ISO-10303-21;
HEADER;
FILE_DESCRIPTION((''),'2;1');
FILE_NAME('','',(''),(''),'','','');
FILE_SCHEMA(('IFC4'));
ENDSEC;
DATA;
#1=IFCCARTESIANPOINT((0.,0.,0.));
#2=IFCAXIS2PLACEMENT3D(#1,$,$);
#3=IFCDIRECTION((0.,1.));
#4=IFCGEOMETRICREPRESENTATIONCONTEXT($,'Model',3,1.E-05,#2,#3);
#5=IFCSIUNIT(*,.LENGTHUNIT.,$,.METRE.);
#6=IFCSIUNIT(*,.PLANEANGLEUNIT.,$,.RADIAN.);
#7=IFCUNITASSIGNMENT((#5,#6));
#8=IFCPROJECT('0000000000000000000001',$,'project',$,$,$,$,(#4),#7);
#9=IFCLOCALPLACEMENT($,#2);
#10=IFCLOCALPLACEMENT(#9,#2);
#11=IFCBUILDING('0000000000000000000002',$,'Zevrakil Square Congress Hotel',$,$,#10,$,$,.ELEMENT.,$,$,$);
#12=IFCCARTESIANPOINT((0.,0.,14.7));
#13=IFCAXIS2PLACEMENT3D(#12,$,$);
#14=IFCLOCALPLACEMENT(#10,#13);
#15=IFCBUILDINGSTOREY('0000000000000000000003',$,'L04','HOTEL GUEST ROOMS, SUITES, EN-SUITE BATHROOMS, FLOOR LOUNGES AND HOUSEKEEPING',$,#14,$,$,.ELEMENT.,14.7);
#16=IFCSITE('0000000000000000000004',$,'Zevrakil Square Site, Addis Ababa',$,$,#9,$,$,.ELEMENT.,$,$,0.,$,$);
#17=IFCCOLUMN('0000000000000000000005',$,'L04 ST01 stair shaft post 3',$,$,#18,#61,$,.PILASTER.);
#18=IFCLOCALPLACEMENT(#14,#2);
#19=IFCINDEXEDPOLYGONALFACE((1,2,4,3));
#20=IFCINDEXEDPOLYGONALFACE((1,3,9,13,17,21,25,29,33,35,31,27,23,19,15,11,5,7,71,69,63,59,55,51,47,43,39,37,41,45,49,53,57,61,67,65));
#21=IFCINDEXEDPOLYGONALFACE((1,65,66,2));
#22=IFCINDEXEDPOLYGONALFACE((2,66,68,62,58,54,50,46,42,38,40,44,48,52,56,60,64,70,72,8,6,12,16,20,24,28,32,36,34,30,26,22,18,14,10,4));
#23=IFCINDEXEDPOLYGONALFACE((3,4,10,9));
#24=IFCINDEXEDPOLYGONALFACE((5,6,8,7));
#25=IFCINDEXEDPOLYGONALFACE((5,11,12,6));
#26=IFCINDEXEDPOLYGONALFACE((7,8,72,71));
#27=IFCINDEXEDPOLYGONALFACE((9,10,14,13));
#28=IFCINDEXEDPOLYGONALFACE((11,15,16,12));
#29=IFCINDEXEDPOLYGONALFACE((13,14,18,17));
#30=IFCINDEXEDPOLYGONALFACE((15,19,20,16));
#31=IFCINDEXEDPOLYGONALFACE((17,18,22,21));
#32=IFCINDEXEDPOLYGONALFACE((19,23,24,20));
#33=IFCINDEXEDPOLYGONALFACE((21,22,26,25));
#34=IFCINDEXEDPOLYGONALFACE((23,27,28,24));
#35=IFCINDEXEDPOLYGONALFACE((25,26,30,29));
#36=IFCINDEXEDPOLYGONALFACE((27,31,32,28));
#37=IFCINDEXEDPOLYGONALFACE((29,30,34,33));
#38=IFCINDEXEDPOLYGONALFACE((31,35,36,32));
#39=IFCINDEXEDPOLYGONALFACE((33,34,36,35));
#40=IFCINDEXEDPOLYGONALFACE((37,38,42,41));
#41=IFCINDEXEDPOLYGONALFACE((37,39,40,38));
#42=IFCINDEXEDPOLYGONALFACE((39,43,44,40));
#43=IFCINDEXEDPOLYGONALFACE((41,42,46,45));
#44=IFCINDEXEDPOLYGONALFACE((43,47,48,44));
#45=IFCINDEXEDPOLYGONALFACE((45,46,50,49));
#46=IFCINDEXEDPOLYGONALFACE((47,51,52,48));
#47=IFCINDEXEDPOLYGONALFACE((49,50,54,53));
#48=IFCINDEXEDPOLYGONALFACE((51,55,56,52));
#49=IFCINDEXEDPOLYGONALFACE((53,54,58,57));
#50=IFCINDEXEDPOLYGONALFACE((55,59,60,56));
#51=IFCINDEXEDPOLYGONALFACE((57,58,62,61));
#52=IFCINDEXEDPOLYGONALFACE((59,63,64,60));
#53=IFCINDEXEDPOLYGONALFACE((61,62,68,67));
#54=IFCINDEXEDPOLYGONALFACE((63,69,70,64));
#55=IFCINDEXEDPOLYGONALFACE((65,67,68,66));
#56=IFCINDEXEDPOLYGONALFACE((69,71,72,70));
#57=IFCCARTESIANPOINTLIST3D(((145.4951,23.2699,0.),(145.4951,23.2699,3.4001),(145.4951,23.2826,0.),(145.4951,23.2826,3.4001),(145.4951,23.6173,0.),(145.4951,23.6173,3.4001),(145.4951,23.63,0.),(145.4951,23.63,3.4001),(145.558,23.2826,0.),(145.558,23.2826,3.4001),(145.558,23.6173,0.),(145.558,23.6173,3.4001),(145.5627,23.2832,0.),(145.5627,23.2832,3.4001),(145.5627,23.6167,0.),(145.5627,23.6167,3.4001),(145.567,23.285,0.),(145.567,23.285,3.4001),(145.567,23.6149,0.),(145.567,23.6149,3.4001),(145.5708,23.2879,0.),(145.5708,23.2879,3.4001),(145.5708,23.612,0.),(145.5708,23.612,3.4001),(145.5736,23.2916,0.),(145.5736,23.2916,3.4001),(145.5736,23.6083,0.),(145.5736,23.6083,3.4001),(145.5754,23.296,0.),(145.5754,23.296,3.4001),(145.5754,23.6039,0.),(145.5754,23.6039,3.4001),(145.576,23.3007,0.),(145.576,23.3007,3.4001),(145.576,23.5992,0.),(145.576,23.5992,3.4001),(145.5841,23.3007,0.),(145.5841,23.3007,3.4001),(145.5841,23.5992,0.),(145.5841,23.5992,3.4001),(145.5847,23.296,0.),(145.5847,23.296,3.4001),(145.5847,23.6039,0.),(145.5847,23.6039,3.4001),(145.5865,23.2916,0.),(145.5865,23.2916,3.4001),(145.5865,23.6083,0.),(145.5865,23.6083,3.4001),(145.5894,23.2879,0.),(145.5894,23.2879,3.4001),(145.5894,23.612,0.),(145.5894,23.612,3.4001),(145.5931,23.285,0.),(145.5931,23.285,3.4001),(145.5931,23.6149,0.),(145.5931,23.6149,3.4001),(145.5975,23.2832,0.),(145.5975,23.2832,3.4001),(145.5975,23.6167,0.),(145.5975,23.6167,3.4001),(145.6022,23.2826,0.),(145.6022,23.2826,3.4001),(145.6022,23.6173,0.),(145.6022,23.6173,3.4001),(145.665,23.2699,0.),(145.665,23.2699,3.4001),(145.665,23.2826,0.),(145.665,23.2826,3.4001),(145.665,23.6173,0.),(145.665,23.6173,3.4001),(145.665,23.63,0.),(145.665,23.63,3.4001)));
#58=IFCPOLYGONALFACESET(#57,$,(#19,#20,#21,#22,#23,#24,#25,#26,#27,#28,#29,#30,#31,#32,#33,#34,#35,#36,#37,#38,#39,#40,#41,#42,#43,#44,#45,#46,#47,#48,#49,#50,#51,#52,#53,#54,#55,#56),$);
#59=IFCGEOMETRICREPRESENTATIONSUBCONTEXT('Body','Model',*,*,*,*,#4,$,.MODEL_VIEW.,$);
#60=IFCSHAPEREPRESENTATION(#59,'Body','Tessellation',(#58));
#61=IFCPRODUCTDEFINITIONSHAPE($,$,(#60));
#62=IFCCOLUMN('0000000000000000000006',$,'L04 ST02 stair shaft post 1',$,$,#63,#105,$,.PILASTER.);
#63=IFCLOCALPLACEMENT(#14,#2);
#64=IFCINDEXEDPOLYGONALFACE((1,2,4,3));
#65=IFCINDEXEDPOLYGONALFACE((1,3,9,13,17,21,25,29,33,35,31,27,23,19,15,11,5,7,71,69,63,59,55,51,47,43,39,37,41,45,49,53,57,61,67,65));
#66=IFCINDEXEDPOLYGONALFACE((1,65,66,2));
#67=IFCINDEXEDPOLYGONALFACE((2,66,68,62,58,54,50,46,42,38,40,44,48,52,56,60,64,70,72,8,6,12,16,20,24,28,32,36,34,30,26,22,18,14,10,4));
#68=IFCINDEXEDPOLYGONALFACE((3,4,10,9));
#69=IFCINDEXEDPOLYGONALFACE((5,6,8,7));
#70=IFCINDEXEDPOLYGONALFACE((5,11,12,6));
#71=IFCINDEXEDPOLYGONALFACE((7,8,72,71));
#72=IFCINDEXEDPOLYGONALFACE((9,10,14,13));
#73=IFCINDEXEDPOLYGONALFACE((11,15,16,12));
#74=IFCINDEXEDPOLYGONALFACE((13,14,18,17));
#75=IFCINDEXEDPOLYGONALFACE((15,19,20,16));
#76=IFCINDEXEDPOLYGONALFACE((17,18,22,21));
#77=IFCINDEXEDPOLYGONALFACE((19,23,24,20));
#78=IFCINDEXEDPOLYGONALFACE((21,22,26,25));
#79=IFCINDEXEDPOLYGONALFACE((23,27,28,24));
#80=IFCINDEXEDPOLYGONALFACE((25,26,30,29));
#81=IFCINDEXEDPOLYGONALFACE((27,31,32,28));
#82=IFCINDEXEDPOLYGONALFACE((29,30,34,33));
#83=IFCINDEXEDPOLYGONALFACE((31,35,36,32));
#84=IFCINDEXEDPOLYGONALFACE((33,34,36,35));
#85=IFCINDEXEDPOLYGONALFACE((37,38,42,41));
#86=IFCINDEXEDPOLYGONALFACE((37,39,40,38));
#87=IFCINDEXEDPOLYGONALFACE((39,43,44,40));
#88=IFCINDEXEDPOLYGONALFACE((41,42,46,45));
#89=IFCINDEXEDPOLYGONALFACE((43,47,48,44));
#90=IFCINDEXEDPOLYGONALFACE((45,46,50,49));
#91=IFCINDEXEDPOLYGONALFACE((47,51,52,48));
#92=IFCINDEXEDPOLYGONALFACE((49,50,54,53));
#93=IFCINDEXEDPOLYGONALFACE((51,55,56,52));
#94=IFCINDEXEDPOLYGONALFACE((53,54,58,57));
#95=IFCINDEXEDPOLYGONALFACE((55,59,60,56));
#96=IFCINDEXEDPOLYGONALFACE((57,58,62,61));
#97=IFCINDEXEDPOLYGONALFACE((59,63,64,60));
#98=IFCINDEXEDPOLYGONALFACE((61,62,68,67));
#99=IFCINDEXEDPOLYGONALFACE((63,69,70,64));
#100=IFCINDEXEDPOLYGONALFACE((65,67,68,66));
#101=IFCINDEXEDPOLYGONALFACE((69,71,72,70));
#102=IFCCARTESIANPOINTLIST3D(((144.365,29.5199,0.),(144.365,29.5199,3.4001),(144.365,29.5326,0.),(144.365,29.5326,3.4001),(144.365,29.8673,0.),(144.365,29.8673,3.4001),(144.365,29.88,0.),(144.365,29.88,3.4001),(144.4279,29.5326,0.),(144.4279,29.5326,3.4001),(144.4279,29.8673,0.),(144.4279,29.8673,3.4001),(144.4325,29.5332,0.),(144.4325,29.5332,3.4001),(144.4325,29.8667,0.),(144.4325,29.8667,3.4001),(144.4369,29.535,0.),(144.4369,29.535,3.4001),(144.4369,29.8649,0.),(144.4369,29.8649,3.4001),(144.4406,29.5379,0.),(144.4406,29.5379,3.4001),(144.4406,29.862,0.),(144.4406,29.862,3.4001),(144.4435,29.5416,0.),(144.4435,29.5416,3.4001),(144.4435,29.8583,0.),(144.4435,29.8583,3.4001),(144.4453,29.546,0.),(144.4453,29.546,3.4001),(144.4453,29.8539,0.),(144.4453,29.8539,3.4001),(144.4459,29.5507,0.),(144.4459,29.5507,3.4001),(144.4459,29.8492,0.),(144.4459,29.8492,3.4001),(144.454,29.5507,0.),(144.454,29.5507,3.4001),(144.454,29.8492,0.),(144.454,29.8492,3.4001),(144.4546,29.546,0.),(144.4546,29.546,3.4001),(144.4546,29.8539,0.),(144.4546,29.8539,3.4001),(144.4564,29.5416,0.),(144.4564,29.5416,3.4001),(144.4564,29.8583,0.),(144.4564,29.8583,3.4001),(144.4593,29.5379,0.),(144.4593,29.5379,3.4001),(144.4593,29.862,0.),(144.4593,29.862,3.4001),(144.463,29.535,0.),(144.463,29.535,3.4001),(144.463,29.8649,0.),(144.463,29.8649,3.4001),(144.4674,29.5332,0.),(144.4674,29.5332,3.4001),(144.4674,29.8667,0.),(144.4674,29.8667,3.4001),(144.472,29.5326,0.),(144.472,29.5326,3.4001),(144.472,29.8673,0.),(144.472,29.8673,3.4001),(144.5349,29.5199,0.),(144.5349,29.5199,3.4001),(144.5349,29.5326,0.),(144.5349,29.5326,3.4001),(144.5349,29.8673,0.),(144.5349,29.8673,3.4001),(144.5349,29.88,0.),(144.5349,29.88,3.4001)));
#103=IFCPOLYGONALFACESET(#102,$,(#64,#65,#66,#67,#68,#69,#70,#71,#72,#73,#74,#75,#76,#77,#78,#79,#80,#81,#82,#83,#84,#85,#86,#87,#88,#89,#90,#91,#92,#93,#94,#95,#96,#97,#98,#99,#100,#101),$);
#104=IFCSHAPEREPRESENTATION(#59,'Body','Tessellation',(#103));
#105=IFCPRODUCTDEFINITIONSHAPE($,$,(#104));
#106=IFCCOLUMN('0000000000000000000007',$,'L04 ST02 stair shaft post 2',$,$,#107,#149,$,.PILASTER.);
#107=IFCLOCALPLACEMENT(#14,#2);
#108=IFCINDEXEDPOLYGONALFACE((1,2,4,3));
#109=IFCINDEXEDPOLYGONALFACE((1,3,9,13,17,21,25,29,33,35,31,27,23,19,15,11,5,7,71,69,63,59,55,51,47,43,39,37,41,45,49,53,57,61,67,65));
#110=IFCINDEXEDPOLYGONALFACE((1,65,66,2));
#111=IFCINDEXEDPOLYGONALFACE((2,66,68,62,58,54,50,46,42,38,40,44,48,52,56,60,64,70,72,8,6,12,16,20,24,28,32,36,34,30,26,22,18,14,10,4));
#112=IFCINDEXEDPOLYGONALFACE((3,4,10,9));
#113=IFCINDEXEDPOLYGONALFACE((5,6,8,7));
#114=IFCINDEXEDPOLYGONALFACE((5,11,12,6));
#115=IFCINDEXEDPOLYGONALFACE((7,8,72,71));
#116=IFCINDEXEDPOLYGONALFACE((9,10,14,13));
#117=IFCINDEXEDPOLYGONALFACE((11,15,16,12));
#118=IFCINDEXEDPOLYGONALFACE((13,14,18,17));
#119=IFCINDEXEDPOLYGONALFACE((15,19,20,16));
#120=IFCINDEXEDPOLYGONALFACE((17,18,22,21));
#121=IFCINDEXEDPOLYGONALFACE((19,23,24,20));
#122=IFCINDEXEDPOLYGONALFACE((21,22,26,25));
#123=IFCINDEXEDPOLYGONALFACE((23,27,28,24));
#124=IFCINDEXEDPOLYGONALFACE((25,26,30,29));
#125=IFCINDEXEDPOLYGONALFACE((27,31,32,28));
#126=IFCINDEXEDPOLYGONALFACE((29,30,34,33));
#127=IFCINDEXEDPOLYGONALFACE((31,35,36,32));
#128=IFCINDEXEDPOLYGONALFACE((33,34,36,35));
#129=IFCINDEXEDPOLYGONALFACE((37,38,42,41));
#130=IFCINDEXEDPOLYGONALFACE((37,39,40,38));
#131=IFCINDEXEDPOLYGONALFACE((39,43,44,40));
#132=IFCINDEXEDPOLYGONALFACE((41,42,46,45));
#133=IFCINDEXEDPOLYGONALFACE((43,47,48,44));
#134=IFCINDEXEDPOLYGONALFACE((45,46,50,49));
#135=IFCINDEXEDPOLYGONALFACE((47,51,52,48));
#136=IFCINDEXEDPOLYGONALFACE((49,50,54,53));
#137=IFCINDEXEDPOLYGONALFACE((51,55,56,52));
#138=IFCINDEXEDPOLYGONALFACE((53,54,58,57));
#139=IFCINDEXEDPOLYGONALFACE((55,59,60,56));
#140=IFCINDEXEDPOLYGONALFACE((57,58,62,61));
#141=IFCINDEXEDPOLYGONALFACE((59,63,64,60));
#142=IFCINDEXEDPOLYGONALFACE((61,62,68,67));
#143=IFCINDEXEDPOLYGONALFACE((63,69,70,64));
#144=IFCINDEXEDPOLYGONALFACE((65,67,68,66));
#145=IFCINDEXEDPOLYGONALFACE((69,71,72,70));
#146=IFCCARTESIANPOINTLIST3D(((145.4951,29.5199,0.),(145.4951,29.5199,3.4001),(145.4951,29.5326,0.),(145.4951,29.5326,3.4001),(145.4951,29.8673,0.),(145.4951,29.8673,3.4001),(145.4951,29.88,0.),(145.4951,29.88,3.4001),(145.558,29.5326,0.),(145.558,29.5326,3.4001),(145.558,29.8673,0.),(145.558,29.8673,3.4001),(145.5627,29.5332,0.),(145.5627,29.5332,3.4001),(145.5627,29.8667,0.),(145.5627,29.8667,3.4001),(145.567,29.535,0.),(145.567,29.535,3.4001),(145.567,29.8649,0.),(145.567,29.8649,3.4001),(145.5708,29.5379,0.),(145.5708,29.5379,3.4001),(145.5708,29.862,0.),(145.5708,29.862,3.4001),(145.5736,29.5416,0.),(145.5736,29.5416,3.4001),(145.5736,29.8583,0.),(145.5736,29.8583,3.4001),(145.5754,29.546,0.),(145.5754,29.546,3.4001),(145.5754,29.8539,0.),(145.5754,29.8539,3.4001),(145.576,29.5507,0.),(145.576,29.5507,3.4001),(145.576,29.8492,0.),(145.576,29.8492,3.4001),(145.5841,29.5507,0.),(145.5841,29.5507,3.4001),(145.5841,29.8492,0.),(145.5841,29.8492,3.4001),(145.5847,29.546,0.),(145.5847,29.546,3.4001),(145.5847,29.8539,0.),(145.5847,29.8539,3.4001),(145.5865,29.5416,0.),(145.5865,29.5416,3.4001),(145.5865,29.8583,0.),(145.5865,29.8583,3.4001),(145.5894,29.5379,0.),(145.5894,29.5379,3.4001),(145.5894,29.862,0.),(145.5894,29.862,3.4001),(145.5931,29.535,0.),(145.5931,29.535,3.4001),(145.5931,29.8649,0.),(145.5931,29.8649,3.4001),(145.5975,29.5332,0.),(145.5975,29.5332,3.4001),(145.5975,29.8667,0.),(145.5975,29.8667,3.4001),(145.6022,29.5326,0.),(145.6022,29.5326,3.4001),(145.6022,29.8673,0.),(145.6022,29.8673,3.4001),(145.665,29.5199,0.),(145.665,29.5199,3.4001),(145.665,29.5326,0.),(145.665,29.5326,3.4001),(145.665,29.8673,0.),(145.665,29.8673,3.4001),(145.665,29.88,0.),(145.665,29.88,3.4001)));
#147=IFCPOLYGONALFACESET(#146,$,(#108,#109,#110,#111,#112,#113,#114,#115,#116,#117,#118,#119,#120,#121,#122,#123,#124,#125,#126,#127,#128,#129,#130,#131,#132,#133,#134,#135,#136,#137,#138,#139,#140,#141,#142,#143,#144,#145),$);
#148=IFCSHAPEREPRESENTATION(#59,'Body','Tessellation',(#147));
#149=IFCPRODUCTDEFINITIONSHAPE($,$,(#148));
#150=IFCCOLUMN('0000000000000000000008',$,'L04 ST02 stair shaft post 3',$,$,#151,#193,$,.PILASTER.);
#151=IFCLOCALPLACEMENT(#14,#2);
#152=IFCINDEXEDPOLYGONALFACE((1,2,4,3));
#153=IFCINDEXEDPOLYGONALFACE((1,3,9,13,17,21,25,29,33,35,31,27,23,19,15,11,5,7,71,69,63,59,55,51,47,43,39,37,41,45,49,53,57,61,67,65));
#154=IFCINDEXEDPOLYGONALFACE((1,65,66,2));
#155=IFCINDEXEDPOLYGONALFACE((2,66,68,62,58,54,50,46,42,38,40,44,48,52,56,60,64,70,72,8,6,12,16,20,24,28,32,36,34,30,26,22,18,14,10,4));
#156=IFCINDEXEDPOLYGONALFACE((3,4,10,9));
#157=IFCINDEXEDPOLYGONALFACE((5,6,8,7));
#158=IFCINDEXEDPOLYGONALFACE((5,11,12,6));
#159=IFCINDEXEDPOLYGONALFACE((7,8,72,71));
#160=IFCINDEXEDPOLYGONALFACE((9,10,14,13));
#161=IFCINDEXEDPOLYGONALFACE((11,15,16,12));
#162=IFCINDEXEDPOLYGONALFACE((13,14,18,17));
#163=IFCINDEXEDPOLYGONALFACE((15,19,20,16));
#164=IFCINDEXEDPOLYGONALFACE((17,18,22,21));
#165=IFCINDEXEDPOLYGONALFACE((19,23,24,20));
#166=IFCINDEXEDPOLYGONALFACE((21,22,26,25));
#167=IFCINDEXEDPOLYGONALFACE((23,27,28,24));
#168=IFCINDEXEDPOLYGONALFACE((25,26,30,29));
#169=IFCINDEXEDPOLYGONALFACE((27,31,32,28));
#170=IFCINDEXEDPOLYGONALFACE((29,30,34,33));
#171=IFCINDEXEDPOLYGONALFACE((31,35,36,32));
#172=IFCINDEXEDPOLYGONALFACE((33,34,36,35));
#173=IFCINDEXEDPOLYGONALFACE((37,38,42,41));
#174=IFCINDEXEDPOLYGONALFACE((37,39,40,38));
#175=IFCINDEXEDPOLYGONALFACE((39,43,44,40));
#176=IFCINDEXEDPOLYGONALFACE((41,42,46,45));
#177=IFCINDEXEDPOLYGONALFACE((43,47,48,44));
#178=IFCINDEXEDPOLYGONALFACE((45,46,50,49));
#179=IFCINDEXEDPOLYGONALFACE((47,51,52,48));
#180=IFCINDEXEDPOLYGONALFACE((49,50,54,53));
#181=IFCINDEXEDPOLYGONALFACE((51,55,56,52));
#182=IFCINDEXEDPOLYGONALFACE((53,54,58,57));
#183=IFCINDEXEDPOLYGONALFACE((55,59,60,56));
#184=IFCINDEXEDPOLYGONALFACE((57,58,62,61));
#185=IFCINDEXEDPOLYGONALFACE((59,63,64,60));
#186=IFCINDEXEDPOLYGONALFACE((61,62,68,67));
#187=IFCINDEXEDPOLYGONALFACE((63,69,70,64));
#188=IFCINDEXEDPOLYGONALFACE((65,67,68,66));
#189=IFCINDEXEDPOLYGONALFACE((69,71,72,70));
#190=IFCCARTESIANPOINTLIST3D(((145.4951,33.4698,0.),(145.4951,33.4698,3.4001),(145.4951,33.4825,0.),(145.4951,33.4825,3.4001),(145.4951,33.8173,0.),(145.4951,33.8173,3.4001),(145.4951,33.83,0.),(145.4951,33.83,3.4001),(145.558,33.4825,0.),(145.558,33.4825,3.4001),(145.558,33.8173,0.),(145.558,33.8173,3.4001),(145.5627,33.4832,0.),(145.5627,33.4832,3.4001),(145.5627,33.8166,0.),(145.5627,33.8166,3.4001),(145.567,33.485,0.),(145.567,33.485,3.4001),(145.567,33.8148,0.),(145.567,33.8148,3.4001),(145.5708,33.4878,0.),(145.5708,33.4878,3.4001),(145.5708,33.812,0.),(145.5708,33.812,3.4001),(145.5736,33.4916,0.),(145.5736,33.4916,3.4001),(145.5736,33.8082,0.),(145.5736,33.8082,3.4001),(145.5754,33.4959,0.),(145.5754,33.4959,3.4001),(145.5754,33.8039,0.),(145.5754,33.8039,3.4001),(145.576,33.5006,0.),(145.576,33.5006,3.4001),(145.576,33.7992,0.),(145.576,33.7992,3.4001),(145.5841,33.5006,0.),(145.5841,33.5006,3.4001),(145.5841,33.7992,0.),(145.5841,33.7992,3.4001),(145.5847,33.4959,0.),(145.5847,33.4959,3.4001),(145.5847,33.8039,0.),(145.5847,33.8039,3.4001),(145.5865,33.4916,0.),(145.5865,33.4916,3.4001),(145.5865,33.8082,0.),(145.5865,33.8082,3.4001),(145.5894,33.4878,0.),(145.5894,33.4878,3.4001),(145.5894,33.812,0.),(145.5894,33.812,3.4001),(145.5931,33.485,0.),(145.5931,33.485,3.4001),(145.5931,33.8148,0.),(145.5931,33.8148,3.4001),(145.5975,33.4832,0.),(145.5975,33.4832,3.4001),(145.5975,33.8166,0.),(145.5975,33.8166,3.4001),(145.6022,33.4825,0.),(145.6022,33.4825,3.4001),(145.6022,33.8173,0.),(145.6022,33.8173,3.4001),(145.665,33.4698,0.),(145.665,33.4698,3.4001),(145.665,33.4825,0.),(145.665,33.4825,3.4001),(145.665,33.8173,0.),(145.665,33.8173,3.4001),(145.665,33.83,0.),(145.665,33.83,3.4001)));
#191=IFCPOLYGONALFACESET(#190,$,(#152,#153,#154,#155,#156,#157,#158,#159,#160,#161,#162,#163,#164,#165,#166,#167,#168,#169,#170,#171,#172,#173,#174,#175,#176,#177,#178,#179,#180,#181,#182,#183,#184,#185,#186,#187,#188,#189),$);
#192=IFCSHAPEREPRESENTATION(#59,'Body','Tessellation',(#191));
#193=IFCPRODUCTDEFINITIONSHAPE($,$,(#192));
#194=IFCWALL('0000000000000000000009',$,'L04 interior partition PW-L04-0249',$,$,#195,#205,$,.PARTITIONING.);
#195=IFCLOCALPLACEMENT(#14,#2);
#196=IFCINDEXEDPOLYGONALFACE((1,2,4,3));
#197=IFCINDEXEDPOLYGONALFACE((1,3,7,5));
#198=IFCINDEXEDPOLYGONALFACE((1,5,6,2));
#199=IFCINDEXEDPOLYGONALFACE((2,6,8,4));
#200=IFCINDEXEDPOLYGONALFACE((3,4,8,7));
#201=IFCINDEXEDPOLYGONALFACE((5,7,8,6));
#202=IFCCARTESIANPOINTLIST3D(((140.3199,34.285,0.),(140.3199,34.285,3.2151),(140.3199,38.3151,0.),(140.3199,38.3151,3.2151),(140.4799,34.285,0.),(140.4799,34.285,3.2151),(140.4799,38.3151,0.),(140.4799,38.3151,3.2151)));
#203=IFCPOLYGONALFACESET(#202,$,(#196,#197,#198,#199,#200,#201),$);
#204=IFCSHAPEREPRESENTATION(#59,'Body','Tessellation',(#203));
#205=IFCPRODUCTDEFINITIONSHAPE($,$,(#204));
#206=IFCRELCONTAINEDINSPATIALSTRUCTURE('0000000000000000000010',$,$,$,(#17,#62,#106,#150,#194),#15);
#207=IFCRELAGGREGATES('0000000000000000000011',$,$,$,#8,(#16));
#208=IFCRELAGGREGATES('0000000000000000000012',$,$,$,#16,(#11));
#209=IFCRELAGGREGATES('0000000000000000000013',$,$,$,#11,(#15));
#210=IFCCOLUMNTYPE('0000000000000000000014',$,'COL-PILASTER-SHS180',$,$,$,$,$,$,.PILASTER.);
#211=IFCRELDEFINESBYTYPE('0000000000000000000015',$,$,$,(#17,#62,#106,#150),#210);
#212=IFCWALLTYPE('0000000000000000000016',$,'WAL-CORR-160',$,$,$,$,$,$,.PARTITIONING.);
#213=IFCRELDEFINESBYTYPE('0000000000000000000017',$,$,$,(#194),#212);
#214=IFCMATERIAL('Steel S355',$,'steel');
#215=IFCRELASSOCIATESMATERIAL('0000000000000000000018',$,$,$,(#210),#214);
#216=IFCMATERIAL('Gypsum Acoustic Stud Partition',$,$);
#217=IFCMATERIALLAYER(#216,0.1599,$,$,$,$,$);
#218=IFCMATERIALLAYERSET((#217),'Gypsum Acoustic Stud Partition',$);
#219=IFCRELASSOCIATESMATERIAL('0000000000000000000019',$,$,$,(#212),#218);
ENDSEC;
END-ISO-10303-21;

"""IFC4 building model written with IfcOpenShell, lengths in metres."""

from ifc_helpers import new_model, si_unit, direction, frame, frame_2d, origin, origin_2d, place, context, subcontext, project, spatial, rectangle, i_section, extrude, material, layer, layer_set, material_profile, profile_set, type_object, element, save


model = new_model("IFC4")

# Units and contexts
model_context = context("Model", 3, precision=1e-05, world=origin(), true_north=direction((0.0, 1.0)))
body_context = subcontext(model_context, "Body", "Model", "MODEL_VIEW")
ifc_project = project(units=[si_unit("LENGTHUNIT", "METRE"), si_unit("PLANEANGLEUNIT", "RADIAN")], contexts=[model_context])

# Site, building, storey
site_placement = place(None, origin())
site = spatial("IfcSite", under=ifc_project, at=site_placement, Name="Zevrakil Square Site, Addis Ababa", CompositionType="ELEMENT", RefElevation=0.0)
building_placement = place(site_placement, origin())
building = spatial("IfcBuilding", under=site, at=building_placement, Name="Zevrakil Square Congress Hotel", CompositionType="ELEMENT")
storey_placement = place(building_placement, frame((0.0, 0.0, 14.7)))
storey = spatial("IfcBuildingStorey", under=building, at=storey_placement, Name="L04", Description="HOTEL GUEST ROOMS, SUITES, EN-SUITE BATHROOMS, FLOOR LOUNGES AND HOUSEKEEPING", CompositionType="ELEMENT", Elevation=14.7)

# Columns
ifc_material_1 = material(Name="Steel S355", Category="steel")
ifc_material_profile = material_profile(ifc_material_1, i_section(OverallWidth=0.1699, OverallDepth=0.3601, WebThickness=0.0081, FlangeThickness=0.0127, FilletRadius=0.0181, at=origin_2d()), Name="IPE 360")
ifc_profile_set = profile_set([ifc_material_profile], Name="Steel S355")
column_type = type_object("IfcColumnType", Name="COL-PILASTER-SHS180", PredefinedType="PILASTER", material=ifc_profile_set)
for number, where, z_axis, x_axis, name in (
    (1, (145.5801, 23.45, 0.0), (0.0, 0.0, 1.0), (1.0, 0.0, 0.0), "L04 ST01 stair shaft post 3"),
    (2, (144.45, 29.7, 0.0), (0.0, 0.0, 1.0), (1.0, 0.0, 0.0), "L04 ST02 stair shaft post 1"),
    (3, (145.5801, 29.7, 0.0), (0.0, 0.0, 1.0), (1.0, 0.0, 0.0), "L04 ST02 stair shaft post 2"),
    (4, (145.5801, 33.6499, 0.0), (0.0, 0.0, 1.0), (1.0, 0.0, 0.0), "L04 ST02 stair shaft post 3"),
):
    element("IfcColumn", number, at=place(storey_placement, frame(where, z_axis=z_axis, x_axis=x_axis)), inside=storey, type_object=column_type, Name=name, PredefinedType="PILASTER", context=body_context, shape_type="SweptSolid", body=[
        extrude(i_section(OverallWidth=0.1699, OverallDepth=0.3601, WebThickness=0.0081, FlangeThickness=0.0127, FilletRadius=0.0181, at=origin_2d()), origin(), (0.0, 0.0, 1.0), 3.4001),
    ])

# Wall
ifc_material_2 = material(Name="Gypsum Acoustic Stud Partition")
ifc_layer_1 = layer(ifc_material_2, 0.1599)
ifc_layer_set_1 = layer_set([ifc_layer_1], Name="Gypsum Acoustic Stud Partition")
wall_type_1 = type_object("IfcWallType", Name="WAL-CORR-160", PredefinedType="PARTITIONING", material=ifc_layer_set_1)
wall_1_placement = place(storey_placement, frame((140.3999, 34.2849, 0.0), z_axis=(0.0, 0.0, 1.0), x_axis=(0.0, 1.0, 0.0)))
element("IfcWall", 5, at=wall_1_placement, inside=storey, type_object=wall_type_1, Name="L04 interior partition PW-L04-0249", PredefinedType="PARTITIONING", context=body_context, shape_type="SweptSolid", body=[
    extrude(rectangle(XDim=4.03, YDim=0.1599, at=frame_2d((2.0151, 0.0))), origin(), (0.0, 0.0, 1.0), 3.2151),
])

save(model, "model.ifc")
